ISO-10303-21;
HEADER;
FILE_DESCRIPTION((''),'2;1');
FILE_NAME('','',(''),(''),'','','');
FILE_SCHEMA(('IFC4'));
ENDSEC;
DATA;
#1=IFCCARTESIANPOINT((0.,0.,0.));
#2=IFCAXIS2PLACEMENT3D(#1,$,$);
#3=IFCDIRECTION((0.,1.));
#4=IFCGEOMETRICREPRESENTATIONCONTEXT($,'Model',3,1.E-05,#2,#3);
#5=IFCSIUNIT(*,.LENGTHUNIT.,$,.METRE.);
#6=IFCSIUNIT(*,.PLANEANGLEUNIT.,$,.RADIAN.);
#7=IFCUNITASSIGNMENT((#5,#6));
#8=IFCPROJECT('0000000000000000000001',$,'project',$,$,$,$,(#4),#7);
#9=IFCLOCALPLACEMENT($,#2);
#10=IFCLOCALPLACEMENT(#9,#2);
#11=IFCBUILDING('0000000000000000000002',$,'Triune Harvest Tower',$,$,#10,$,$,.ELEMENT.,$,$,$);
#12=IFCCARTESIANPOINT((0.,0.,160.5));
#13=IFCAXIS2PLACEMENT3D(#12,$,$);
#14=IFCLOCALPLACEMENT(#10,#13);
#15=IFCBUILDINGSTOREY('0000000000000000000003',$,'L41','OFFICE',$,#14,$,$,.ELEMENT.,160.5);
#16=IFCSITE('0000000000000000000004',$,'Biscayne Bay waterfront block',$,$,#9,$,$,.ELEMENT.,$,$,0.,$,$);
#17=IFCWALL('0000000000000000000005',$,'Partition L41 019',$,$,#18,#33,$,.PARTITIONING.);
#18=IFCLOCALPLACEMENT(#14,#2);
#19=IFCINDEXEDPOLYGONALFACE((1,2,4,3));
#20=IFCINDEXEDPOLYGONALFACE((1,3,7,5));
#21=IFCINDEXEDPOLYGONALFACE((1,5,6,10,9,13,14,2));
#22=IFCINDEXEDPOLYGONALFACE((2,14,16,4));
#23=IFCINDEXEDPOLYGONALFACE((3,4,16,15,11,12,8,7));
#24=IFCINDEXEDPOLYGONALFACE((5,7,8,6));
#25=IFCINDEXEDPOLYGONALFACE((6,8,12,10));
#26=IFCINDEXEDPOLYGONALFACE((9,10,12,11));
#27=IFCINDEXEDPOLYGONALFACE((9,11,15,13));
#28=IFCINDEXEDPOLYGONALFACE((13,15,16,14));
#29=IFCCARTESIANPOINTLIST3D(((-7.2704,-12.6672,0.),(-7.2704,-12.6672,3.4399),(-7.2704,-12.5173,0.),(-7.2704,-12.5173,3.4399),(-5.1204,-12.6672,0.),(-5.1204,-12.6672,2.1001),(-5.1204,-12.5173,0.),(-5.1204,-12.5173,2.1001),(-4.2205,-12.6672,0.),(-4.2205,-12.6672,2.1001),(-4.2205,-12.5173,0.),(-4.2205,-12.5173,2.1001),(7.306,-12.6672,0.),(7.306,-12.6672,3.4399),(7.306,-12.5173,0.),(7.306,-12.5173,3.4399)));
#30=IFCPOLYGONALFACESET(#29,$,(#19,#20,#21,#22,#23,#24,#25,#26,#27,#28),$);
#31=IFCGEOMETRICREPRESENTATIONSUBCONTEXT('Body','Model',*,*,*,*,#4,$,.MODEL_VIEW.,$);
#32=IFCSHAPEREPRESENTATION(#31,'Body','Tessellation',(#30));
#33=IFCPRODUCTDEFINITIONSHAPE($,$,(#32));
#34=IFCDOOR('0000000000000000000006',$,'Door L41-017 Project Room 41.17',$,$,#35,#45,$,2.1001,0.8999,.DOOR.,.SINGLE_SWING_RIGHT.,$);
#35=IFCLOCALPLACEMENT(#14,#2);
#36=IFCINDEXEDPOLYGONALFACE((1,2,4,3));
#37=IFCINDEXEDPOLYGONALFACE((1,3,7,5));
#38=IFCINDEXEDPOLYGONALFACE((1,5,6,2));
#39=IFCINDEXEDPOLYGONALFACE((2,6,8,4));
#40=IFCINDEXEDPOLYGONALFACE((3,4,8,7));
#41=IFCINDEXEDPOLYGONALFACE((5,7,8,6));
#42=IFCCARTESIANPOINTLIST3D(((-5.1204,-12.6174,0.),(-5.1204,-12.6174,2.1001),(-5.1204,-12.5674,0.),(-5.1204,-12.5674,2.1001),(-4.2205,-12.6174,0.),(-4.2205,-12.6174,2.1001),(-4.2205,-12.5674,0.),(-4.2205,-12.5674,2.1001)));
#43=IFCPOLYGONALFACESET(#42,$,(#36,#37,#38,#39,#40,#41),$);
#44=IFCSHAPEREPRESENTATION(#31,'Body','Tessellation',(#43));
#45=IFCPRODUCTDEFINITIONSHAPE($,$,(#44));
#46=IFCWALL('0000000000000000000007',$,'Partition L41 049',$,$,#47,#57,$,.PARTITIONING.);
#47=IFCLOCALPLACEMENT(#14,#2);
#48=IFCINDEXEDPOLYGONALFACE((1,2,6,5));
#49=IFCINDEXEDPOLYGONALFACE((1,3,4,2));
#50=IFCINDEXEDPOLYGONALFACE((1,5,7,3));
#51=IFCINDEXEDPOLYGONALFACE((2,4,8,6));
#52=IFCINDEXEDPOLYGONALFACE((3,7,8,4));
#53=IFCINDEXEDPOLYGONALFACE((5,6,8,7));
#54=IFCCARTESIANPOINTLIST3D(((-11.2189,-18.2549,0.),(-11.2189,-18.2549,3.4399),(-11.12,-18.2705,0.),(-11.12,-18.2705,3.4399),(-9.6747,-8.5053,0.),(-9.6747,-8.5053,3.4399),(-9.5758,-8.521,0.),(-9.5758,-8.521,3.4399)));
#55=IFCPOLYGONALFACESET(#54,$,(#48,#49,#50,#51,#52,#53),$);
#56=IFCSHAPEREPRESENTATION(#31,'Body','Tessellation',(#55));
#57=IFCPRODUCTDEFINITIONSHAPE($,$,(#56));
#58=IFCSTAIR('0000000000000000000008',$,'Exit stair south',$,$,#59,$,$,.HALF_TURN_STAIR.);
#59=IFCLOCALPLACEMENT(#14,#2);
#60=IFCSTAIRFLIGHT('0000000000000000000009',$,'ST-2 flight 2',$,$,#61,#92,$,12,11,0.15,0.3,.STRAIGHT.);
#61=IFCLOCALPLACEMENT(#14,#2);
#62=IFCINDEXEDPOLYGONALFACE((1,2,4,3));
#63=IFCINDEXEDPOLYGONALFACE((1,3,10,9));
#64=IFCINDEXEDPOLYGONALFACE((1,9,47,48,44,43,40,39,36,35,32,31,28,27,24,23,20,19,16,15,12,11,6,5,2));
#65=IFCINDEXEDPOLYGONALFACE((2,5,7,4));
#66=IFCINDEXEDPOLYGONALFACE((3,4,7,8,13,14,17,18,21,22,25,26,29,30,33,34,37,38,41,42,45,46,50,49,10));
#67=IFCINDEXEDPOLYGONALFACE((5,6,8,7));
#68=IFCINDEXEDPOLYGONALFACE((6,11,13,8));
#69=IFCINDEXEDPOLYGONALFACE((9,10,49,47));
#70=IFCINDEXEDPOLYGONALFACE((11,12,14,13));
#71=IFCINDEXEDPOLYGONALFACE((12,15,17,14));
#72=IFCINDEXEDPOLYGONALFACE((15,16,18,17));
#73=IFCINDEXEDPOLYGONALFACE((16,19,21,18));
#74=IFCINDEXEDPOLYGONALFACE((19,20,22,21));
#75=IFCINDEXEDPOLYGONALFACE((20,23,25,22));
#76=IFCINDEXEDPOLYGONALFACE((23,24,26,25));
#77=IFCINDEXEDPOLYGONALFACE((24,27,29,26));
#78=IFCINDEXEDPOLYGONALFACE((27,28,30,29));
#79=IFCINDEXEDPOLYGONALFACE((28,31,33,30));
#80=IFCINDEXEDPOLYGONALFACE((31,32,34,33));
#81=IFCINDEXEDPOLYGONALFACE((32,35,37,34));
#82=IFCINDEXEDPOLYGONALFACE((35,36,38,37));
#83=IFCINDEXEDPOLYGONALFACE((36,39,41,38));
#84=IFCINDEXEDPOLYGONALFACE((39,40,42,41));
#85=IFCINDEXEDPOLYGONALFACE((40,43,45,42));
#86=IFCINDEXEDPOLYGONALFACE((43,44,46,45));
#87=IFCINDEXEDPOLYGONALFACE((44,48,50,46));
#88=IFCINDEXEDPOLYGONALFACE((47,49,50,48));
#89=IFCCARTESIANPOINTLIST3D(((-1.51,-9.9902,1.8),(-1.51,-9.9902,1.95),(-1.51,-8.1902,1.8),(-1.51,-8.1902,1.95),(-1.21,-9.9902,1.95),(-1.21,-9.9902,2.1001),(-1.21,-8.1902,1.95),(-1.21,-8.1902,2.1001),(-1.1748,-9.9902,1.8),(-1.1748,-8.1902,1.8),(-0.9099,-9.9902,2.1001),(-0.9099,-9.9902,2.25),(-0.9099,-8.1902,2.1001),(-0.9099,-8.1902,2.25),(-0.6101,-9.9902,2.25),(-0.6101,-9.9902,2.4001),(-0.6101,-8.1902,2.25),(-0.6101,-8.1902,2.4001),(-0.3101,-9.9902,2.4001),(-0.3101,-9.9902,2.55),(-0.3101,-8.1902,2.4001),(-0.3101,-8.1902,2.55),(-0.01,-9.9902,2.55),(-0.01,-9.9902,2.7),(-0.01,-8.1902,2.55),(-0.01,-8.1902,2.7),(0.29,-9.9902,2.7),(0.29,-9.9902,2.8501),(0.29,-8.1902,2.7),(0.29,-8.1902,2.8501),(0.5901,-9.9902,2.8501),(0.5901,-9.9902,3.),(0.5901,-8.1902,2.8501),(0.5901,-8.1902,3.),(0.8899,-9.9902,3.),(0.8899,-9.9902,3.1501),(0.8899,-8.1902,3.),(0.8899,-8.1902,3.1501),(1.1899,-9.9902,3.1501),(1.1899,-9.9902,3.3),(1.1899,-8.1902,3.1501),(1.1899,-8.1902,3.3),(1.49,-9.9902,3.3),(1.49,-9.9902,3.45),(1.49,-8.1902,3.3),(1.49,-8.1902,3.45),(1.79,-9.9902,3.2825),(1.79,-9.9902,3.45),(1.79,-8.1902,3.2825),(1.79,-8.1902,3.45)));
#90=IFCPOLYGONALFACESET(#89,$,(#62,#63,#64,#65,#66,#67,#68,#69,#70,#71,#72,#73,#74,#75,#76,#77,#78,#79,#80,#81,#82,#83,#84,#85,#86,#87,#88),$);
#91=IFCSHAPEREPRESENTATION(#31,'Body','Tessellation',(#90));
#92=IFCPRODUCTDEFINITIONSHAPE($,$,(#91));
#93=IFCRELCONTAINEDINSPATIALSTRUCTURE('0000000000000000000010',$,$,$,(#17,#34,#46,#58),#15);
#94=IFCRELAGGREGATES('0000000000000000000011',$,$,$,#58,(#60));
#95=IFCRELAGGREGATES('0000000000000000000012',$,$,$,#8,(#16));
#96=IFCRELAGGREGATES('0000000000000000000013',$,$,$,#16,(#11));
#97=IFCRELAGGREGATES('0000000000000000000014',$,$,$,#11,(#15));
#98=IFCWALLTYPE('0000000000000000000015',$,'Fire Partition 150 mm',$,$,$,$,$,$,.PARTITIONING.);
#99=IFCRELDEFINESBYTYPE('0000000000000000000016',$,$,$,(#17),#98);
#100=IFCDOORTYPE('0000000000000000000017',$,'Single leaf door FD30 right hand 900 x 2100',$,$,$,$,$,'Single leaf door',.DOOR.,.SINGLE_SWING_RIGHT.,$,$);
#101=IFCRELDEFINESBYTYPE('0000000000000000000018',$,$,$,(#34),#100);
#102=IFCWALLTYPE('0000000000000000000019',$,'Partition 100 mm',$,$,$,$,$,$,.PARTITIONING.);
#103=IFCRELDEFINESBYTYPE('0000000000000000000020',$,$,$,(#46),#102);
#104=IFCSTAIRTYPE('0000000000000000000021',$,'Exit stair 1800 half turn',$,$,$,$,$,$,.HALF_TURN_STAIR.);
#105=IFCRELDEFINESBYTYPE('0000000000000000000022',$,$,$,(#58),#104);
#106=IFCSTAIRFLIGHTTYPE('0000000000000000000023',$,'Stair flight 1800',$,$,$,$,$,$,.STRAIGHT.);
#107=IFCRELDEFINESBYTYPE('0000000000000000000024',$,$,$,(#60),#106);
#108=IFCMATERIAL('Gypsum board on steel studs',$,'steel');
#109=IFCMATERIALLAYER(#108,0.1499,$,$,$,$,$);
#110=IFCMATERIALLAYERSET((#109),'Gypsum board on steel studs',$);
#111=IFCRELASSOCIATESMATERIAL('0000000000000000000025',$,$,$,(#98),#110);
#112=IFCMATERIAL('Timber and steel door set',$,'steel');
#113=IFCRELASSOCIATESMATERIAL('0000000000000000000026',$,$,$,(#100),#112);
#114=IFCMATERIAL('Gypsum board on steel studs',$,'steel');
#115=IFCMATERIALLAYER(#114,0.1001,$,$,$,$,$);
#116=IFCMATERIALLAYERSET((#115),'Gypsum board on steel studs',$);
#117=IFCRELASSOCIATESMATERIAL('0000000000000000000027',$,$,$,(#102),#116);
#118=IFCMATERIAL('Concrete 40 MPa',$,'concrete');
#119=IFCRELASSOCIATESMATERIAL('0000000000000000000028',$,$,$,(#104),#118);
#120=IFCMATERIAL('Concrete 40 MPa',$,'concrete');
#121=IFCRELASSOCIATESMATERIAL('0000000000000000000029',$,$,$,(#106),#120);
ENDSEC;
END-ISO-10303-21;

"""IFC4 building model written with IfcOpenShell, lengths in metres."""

from ifc_helpers import new_model, si_unit, direction, frame, frame_2d, origin, place, context, subcontext, project, spatial, polyline, rectangle, outline, extrude, source, transform, mapped, material, layer, layer_set, type_object, element, fill, aggregate, save


model = new_model("IFC4")

# Units and contexts
model_context = context("Model", 3, precision=1e-05, world=origin(), true_north=direction((0.0, 1.0)))
body_context = subcontext(model_context, "Body", "Model", "MODEL_VIEW")
ifc_project = project(units=[si_unit("LENGTHUNIT", "METRE"), si_unit("PLANEANGLEUNIT", "RADIAN")], contexts=[model_context])

# Site, building, storey
site_placement = place(None, origin())
site = spatial("IfcSite", under=ifc_project, at=site_placement, Name="Biscayne Bay waterfront block", CompositionType="ELEMENT", RefElevation=0.0)
building_placement = place(site_placement, origin())
building = spatial("IfcBuilding", under=site, at=building_placement, Name="Triune Harvest Tower", CompositionType="ELEMENT")
storey_placement = place(building_placement, frame((0.0, 0.0, 160.5)))
storey = spatial("IfcBuildingStorey", under=building, at=storey_placement, Name="L41", Description="OFFICE", CompositionType="ELEMENT", Elevation=160.5)

# Wall, opening, door
ifc_material_1 = material(Name="Gypsum board on steel studs", Category="steel")
ifc_layer_1 = layer(ifc_material_1, 0.1499)
ifc_layer_set_1 = layer_set([ifc_layer_1], Name="Gypsum board on steel studs")
wall_type_1 = type_object("IfcWallType", Name="Fire Partition 150 mm", PredefinedType="PARTITIONING", material=ifc_layer_set_1)
shared_shape_1 = source(origin(), body_context, "Body", "SweptSolid", [
    extrude(rectangle(XDim=14.5764, YDim=0.1499, at=frame_2d((7.2881, 0.0))), origin(), (0.0, 0.0, 1.0), 3.4399),
])
wall_1_placement = place(storey_placement, frame((-7.2703, -12.5923, 0.0), z_axis=(0.0, 0.0, 1.0), x_axis=(1.0, 0.0, 0.0)))
wall_1 = element("IfcWall", 1, at=wall_1_placement, inside=storey, type_object=wall_type_1, Name="Partition L41 019", PredefinedType="PARTITIONING", context=body_context, shape_type="MappedRepresentation", body=[
    mapped(shared_shape_1, transform((0.0, 0.0, 0.0), scale=1.0)),
])
opening_1_placement = place(wall_1_placement, frame((2.1499, 0.0, 0.0)))
opening_1 = element("IfcOpeningElement", 2, at=opening_1_placement, cuts=wall_1, PredefinedType="OPENING", context=body_context, shape_type="SweptSolid", body=[
    extrude(rectangle(XDim=0.8999, YDim=2.1001, at=frame_2d((0.45, 1.05))), frame((0.0, 0.085, 0.0), z_axis=(0.0, -1.0, 0.0), x_axis=(1.0, 0.0, 0.0)), (0.0, 0.0, 1.0), 0.1699),
])
ifc_material_2 = material(Name="Timber and steel door set", Category="steel")
door_type_1 = type_object("IfcDoorType", Name="Single leaf door FD30 right hand 900 x 2100", ElementType="Single leaf door", OperationType="SINGLE_SWING_RIGHT", PredefinedType="DOOR", material=ifc_material_2)
door_1_placement = place(opening_1_placement, origin())
door_1 = element("IfcDoor", 3, at=door_1_placement, inside=storey, type_object=door_type_1, Name="Door L41-017 Project Room 41.17", OperationType="SINGLE_SWING_RIGHT", OverallHeight=2.1001, OverallWidth=0.8999, PredefinedType="DOOR", context=body_context, shape_type="SweptSolid", body=[
    extrude(rectangle(XDim=0.8999, YDim=2.1001, at=frame_2d((0.45, 1.05))), frame((0.0, 0.0249, 0.0), z_axis=(0.0, -1.0, 0.0), x_axis=(1.0, 0.0, 0.0)), (0.0, 0.0, 1.0), 0.05),
])
fill(opening_1, door_1)

# Wall
ifc_material_3 = material(Name="Gypsum board on steel studs", Category="steel")
ifc_layer_2 = layer(ifc_material_3, 0.1001)
ifc_layer_set_2 = layer_set([ifc_layer_2], Name="Gypsum board on steel studs")
wall_type_2 = type_object("IfcWallType", Name="Partition 100 mm", PredefinedType="PARTITIONING", material=ifc_layer_set_2)
shared_shape_2 = source(origin(), body_context, "Body", "SweptSolid", [
    extrude(rectangle(XDim=9.8711, YDim=0.1001, at=frame_2d((4.9355, 0.0))), origin(), (0.0, 0.0, 1.0), 3.4399),
])
wall_2_placement = place(storey_placement, frame((-11.1694, -18.2627, 0.0), z_axis=(0.0, 0.0, 1.0), x_axis=(0.156436, 0.987688, 0.0)))
element("IfcWall", 4, at=wall_2_placement, inside=storey, type_object=wall_type_2, Name="Partition L41 049", PredefinedType="PARTITIONING", context=body_context, shape_type="MappedRepresentation", body=[
    mapped(shared_shape_2, transform((0.0, 0.0, 0.0), scale=1.0)),
])

# Stair, stair flight
ifc_material_4 = material(Name="Concrete 40 MPa", Category="concrete")
stair_type = type_object("IfcStairType", Name="Exit stair 1800 half turn", PredefinedType="HALF_TURN_STAIR", material=ifc_material_4)
stair_placement = place(storey_placement, origin())
stair = element("IfcStair", 5, at=stair_placement, inside=storey, type_object=stair_type, Name="Exit stair south", PredefinedType="HALF_TURN_STAIR")
ifc_material_5 = material(Name="Concrete 40 MPa", Category="concrete")
stair_flight_type = type_object("IfcStairFlightType", Name="Stair flight 1800", PredefinedType="STRAIGHT", material=ifc_material_5)
shared_shape_3 = source(origin(), body_context, "Body", "SweptSolid", [
    extrude(outline(polyline([(0.0, 0.0), (0.0, 0.1499), (0.3, 0.1499), (0.3, 0.3), (0.6001, 0.3), (0.6001, 0.45), (0.8999, 0.45), (0.8999, 0.6001), (1.2, 0.6001), (1.2, 0.75), (1.5, 0.75), (1.5, 0.8999), (1.8, 0.8999), (1.8, 1.05), (2.1001, 1.05), (2.1001, 1.2), (2.3999, 1.2), (2.3999, 1.3501), (2.7, 1.3501), (2.7, 1.5), (3.0, 1.5), (3.0, 1.6499), (3.3, 1.6499), (3.3, 1.8), (3.3, 1.4824), (0.3352, 0.0), (0.0, 0.0)])), frame((0.0, 0.8999, 0.0), z_axis=(0.0, -1.0, 0.0), x_axis=(1.0, 0.0, 0.0)), (0.0, 0.0, 1.0), 1.8),
])
stair_flight_placement = place(storey_placement, frame((-1.51, -9.0901, 1.8), z_axis=(0.0, 0.0, 1.0), x_axis=(1.0, 0.0, 0.0)))
stair_flight = element("IfcStairFlight", 6, at=stair_flight_placement, type_object=stair_flight_type, Name="ST-2 flight 2", NumberOfRisers=12, NumberOfTreads=11, PredefinedType="STRAIGHT", RiserHeight=0.15, TreadLength=0.3, context=body_context, shape_type="MappedRepresentation", body=[
    mapped(shared_shape_3, transform((0.0, 0.0, 0.0), scale=1.0)),
])
aggregate(stair, [stair_flight])

save(model, "model.ifc")
